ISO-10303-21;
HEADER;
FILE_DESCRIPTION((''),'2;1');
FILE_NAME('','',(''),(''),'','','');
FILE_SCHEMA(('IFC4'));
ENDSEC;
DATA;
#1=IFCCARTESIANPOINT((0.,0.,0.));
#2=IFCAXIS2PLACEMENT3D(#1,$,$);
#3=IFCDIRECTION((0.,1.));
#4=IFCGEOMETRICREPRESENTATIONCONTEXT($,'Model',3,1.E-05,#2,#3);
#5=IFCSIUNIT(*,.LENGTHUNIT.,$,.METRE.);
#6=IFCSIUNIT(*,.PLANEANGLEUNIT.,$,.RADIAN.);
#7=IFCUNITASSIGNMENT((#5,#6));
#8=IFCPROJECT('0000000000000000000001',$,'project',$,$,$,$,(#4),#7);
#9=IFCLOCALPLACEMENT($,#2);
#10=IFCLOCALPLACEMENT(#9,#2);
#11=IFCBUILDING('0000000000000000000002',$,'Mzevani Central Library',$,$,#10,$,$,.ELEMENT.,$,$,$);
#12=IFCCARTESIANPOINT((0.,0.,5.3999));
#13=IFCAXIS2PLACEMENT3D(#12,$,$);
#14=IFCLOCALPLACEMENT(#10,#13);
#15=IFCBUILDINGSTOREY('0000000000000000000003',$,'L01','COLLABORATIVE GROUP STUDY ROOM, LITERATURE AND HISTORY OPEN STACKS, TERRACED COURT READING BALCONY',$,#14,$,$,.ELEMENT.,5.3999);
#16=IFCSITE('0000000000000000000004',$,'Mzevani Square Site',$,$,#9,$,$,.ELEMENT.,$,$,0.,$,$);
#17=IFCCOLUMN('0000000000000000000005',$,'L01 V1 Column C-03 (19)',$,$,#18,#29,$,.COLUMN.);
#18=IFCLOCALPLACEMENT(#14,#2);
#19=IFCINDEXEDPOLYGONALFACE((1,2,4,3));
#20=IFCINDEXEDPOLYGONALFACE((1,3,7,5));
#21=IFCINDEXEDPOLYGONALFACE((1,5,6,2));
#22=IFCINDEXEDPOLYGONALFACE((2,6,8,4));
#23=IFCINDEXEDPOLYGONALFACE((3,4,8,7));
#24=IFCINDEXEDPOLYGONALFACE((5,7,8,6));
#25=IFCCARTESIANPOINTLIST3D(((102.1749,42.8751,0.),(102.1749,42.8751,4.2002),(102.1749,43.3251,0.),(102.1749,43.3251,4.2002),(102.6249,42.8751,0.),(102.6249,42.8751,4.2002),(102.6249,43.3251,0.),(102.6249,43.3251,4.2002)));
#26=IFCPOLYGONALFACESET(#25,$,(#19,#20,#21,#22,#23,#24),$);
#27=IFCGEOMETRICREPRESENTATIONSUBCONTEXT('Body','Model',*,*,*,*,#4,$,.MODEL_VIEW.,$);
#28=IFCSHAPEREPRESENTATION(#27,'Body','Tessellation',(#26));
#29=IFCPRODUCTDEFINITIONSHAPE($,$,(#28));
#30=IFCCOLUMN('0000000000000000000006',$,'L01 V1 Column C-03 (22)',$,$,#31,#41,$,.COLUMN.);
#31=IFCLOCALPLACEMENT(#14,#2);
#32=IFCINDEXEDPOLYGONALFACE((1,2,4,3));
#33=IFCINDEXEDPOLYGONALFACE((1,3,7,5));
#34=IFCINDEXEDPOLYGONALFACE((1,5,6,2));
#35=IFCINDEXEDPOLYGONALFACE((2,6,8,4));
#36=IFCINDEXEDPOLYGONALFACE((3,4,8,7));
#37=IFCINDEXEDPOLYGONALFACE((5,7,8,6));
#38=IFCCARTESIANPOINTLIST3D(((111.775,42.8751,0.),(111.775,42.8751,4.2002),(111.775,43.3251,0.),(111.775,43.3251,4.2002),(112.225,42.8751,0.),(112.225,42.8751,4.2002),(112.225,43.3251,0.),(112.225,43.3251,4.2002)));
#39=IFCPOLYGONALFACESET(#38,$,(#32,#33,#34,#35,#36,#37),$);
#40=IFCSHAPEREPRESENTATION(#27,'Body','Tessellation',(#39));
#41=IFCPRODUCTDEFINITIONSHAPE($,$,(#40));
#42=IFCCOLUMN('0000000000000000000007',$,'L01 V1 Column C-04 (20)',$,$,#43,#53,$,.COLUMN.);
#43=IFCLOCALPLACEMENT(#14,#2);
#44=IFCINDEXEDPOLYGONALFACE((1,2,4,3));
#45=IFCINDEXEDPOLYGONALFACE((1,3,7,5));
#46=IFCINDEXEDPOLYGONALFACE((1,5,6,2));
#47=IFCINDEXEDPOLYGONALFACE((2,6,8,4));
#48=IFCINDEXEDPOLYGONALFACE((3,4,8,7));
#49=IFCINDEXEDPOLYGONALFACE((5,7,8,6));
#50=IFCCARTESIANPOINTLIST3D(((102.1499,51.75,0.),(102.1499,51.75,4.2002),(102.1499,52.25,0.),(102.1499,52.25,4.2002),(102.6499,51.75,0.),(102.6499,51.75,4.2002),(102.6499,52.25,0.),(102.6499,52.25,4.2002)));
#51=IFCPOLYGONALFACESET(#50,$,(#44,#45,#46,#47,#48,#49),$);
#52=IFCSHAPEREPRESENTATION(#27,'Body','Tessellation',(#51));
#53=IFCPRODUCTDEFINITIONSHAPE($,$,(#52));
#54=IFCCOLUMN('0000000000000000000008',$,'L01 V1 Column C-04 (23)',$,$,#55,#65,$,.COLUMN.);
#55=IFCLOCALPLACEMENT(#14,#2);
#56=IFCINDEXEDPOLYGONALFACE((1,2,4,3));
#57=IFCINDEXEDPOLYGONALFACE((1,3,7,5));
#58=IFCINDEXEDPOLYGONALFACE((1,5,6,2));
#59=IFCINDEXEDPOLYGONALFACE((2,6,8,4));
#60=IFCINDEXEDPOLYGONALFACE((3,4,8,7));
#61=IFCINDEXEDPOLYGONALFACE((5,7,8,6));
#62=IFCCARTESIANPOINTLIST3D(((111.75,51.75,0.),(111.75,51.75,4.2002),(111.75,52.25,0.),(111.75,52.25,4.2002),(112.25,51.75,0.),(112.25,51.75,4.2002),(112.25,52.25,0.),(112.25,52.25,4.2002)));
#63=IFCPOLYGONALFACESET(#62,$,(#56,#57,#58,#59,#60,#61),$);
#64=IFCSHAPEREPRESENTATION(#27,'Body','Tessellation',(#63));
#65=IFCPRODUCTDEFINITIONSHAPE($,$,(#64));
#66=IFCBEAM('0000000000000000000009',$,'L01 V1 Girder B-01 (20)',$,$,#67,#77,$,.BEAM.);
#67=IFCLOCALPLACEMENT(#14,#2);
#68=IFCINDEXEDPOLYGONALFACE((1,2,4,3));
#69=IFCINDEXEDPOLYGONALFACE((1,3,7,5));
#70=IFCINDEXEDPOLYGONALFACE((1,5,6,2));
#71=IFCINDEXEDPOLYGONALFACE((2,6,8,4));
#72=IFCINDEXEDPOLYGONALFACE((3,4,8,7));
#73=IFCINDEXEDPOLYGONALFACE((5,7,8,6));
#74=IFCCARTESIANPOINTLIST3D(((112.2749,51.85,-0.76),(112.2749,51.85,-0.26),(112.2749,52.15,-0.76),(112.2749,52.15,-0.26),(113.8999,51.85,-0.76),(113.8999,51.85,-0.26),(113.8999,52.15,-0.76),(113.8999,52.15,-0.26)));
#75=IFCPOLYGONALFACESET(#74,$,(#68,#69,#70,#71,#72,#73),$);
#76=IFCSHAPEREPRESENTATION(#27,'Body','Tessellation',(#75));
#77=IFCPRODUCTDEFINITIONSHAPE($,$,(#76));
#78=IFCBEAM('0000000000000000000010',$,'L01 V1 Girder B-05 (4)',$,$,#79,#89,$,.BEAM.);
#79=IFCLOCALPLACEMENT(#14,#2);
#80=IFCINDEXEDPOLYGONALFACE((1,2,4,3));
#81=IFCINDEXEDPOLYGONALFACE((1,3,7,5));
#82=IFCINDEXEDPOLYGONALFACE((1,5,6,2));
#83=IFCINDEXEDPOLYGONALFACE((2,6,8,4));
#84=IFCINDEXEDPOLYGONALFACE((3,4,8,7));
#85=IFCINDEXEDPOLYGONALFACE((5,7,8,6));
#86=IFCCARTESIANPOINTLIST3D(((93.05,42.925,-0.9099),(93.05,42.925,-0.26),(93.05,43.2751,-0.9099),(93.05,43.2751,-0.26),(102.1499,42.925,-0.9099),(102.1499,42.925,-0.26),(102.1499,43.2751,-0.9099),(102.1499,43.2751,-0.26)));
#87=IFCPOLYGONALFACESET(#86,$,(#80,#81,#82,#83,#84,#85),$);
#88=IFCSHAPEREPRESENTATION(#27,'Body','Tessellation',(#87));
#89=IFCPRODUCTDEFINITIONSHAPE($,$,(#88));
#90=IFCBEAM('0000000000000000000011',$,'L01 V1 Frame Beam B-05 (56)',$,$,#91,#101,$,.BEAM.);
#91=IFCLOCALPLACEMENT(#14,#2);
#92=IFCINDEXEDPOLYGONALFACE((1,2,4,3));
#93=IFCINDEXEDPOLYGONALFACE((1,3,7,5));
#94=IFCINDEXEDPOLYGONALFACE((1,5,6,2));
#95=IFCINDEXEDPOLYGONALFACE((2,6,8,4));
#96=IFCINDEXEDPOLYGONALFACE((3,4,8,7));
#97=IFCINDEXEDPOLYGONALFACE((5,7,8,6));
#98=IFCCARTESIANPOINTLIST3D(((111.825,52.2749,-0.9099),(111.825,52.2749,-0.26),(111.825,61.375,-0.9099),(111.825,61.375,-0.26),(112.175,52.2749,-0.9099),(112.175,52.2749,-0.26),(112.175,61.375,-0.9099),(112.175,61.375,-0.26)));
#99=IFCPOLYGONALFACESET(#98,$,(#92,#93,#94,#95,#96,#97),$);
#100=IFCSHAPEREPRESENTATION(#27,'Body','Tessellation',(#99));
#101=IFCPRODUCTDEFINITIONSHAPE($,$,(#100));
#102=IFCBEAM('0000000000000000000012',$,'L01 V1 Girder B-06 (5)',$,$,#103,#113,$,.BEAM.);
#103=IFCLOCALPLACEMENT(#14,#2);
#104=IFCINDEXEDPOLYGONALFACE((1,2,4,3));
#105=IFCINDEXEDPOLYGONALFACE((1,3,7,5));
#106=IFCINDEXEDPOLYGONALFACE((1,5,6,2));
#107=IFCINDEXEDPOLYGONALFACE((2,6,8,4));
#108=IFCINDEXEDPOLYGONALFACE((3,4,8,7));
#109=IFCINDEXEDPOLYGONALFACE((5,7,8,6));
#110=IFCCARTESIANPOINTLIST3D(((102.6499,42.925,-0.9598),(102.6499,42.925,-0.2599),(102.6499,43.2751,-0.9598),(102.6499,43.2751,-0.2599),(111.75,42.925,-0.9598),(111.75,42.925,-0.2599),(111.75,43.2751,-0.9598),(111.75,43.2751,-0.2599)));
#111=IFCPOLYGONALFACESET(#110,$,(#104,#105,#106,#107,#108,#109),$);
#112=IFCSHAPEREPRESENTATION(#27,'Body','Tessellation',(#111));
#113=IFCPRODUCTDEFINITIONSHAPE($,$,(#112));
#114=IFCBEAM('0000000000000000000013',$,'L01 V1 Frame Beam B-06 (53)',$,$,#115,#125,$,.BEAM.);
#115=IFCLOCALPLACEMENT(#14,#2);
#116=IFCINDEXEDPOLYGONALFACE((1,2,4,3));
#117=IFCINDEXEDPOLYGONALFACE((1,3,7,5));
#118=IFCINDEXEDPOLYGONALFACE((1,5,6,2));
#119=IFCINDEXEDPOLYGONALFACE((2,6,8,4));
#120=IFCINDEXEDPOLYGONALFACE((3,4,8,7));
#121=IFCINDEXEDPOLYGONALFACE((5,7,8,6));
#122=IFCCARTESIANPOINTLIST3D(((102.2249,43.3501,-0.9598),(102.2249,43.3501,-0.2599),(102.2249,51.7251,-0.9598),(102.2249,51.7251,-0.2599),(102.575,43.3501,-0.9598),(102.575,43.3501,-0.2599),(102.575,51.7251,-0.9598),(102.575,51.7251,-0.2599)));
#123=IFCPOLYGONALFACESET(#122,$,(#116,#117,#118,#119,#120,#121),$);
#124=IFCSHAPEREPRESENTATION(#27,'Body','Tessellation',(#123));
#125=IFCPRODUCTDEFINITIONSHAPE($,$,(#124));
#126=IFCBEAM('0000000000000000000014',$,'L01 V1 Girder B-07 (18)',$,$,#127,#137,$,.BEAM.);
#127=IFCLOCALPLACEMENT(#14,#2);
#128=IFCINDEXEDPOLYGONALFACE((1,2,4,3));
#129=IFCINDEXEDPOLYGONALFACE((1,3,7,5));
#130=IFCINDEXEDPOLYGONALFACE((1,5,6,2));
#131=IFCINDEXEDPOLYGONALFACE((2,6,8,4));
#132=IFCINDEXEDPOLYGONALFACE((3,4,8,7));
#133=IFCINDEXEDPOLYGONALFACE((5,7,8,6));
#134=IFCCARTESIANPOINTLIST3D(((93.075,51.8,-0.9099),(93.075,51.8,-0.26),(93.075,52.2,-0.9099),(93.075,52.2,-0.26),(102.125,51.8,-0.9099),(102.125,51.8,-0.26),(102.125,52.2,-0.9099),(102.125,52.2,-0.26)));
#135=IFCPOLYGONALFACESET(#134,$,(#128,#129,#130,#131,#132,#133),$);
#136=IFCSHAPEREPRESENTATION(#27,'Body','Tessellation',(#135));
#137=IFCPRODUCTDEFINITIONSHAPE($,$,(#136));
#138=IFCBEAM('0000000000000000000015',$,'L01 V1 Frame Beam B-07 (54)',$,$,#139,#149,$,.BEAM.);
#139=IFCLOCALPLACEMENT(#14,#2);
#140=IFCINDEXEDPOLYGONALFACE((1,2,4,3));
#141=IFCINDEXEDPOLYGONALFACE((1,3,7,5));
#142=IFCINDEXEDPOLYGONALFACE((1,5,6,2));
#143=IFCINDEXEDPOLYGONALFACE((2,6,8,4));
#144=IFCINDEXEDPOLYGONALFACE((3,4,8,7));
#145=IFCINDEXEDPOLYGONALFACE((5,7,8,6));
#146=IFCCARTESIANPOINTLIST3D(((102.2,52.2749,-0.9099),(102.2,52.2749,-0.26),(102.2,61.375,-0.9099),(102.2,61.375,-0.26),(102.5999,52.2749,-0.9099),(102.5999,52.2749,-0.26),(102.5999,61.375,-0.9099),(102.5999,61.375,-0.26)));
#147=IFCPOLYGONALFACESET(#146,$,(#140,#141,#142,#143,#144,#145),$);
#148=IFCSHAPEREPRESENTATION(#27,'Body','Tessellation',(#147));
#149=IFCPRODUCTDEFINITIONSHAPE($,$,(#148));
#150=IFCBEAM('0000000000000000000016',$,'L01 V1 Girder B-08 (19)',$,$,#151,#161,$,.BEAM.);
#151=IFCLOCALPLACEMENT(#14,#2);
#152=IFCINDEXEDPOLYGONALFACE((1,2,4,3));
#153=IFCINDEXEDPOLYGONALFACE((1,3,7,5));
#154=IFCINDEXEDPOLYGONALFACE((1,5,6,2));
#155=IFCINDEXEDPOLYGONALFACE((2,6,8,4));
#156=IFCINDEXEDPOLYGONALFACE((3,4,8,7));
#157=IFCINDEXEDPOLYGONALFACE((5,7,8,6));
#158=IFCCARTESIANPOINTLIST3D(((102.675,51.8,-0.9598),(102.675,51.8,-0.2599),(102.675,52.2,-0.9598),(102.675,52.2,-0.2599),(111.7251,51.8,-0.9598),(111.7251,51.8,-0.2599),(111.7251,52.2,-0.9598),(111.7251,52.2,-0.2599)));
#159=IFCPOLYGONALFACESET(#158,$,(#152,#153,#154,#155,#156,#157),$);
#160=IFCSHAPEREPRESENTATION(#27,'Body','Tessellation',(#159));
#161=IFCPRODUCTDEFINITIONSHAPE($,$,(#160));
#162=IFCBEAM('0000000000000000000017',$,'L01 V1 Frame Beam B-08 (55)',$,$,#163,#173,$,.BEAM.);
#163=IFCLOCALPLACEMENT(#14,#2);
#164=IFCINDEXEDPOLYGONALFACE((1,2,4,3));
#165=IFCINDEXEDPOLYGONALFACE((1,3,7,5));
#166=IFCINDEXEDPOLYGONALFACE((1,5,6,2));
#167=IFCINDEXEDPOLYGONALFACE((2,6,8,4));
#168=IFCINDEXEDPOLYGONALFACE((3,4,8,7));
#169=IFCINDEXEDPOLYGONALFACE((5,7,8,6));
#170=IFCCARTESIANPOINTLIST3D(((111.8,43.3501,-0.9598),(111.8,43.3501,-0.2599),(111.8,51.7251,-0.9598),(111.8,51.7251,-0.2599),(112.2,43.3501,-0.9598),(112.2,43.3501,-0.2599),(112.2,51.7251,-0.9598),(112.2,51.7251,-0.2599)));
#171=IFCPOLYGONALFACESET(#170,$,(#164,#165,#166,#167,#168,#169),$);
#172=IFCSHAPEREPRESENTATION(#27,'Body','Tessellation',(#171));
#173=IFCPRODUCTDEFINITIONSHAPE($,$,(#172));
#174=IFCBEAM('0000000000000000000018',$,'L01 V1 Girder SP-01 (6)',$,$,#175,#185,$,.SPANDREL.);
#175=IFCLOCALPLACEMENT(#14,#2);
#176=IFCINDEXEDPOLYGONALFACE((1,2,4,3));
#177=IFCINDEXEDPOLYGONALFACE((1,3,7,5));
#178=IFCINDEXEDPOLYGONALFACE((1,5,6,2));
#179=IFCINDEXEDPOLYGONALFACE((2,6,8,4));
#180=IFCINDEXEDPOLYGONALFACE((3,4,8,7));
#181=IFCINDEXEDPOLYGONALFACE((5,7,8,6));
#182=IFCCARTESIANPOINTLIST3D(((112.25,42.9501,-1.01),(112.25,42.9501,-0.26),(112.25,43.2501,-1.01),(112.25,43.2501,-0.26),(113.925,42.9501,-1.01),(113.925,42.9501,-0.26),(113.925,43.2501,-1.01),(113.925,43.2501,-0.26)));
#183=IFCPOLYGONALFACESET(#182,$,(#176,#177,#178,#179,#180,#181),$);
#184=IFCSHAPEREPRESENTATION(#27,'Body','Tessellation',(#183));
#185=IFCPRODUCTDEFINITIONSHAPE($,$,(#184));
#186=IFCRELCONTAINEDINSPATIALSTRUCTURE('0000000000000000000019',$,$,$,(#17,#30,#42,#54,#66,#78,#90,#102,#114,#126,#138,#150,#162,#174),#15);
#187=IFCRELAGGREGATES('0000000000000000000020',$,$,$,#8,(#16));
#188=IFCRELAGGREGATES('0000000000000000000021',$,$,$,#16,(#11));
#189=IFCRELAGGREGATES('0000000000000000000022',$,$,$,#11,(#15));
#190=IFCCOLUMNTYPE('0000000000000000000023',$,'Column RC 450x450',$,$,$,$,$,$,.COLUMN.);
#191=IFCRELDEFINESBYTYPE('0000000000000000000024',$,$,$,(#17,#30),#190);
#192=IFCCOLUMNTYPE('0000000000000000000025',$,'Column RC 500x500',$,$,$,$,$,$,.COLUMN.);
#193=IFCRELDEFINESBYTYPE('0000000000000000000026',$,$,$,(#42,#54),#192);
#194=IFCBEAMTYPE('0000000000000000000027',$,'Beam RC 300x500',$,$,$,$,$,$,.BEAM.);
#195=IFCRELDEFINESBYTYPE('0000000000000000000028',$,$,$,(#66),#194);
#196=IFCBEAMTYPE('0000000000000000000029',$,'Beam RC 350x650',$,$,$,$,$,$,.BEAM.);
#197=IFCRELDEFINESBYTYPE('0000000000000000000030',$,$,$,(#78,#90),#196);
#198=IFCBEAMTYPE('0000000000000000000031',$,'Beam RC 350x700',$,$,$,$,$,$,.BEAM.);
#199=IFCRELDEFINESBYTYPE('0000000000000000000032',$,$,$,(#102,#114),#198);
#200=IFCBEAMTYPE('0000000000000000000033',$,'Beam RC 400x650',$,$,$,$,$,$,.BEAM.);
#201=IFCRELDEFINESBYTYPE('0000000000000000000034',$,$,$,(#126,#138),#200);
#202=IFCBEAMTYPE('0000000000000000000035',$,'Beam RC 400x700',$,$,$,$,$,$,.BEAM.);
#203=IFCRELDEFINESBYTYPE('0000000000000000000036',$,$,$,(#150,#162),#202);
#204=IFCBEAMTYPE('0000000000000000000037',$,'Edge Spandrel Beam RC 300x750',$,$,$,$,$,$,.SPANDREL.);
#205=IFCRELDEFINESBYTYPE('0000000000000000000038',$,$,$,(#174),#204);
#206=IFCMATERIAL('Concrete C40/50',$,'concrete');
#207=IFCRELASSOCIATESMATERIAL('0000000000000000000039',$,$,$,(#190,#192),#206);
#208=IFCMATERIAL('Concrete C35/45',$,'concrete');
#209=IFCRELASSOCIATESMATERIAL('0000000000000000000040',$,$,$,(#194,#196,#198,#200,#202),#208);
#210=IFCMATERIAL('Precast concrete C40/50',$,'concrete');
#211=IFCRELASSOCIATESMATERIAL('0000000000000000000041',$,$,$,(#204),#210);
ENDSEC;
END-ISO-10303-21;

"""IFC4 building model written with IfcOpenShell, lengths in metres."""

from ifc_helpers import new_model, si_unit, direction, frame, origin, origin_2d, place, context, subcontext, project, spatial, rectangle, extrude, material, material_profile, profile_set, type_object, element, save


model = new_model("IFC4")

# Units and contexts
model_context = context("Model", 3, precision=1e-05, world=origin(), true_north=direction((0.0, 1.0)))
body_context = subcontext(model_context, "Body", "Model", "MODEL_VIEW")
ifc_project = project(units=[si_unit("LENGTHUNIT", "METRE"), si_unit("PLANEANGLEUNIT", "RADIAN")], contexts=[model_context])

# Site, building, storey
site_placement = place(None, origin())
site = spatial("IfcSite", under=ifc_project, at=site_placement, Name="Mzevani Square Site", CompositionType="ELEMENT", RefElevation=0.0)
building_placement = place(site_placement, origin())
building = spatial("IfcBuilding", under=site, at=building_placement, Name="Mzevani Central Library", CompositionType="ELEMENT")
storey_placement = place(building_placement, frame((0.0, 0.0, 5.3999)))
storey = spatial("IfcBuildingStorey", under=building, at=storey_placement, Name="L01", Description="COLLABORATIVE GROUP STUDY ROOM, LITERATURE AND HISTORY OPEN STACKS, TERRACED COURT READING BALCONY", CompositionType="ELEMENT", Elevation=5.3999)

# Columns
ifc_material_1 = material(Name="Concrete C40/50", Category="concrete")
ifc_material_profile_1 = material_profile(ifc_material_1, rectangle(XDim=0.45, YDim=0.45, at=origin_2d()), Name="RC 450x450")
ifc_profile_set_1 = profile_set([ifc_material_profile_1], Name="Concrete C40/50")
column_type_1 = type_object("IfcColumnType", Name="Column RC 450x450", PredefinedType="COLUMN", material=ifc_profile_set_1)
for number, where, z_axis, x_axis, name in (
    (1, (102.3999, 43.1001, 0.0), (0.0, 0.0, 1.0), (1.0, 0.0, 0.0), "L01 V1 Column C-03 (19)"),
    (2, (112.0, 43.1001, 0.0), (0.0, 0.0, 1.0), (1.0, 0.0, 0.0), "L01 V1 Column C-03 (22)"),
):
    element("IfcColumn", number, at=place(storey_placement, frame(where, z_axis=z_axis, x_axis=x_axis)), inside=storey, type_object=column_type_1, Name=name, PredefinedType="COLUMN", context=body_context, shape_type="SweptSolid", body=[
        extrude(rectangle(XDim=0.45, YDim=0.45, at=origin_2d()), origin(), (0.0, 0.0, 1.0), 4.2002),
    ])
ifc_material_profile_2 = material_profile(ifc_material_1, rectangle(XDim=0.5, YDim=0.5, at=origin_2d()), Name="RC 500x500")
ifc_profile_set_2 = profile_set([ifc_material_profile_2], Name="Concrete C40/50")
column_type_2 = type_object("IfcColumnType", Name="Column RC 500x500", PredefinedType="COLUMN", material=ifc_profile_set_2)
for number, where, z_axis, x_axis, name in (
    (3, (102.3999, 52.0, 0.0), (0.0, 0.0, 1.0), (1.0, 0.0, 0.0), "L01 V1 Column C-04 (20)"),
    (4, (112.0, 52.0, 0.0), (0.0, 0.0, 1.0), (1.0, 0.0, 0.0), "L01 V1 Column C-04 (23)"),
):
    element("IfcColumn", number, at=place(storey_placement, frame(where, z_axis=z_axis, x_axis=x_axis)), inside=storey, type_object=column_type_2, Name=name, PredefinedType="COLUMN", context=body_context, shape_type="SweptSolid", body=[
        extrude(rectangle(XDim=0.5, YDim=0.5, at=origin_2d()), origin(), (0.0, 0.0, 1.0), 4.2002),
    ])

# Beams
ifc_material_2 = material(Name="Concrete C35/45", Category="concrete")
ifc_material_profile_3 = material_profile(ifc_material_2, rectangle(XDim=0.3, YDim=0.5, at=origin_2d()), Name="RC B300x500")
ifc_profile_set_3 = profile_set([ifc_material_profile_3], Name="Concrete C35/45")
beam_type_1 = type_object("IfcBeamType", Name="Beam RC 300x500", PredefinedType="BEAM", material=ifc_profile_set_3)
beam_1_placement = place(storey_placement, frame((112.2749, 52.0, -0.51), z_axis=(1.0, 0.0, 0.0), x_axis=(0.0, 1.0, 0.0)))
element("IfcBeam", 5, at=beam_1_placement, inside=storey, type_object=beam_type_1, Name="L01 V1 Girder B-01 (20)", PredefinedType="BEAM", context=body_context, shape_type="SweptSolid", body=[
    extrude(rectangle(XDim=0.3, YDim=0.5, at=origin_2d()), origin(), (0.0, 0.0, 1.0), 1.625),
])
ifc_material_profile_4 = material_profile(ifc_material_2, rectangle(XDim=0.3501, YDim=0.6499, at=origin_2d()), Name="RC B350x650")
ifc_profile_set_4 = profile_set([ifc_material_profile_4], Name="Concrete C35/45")
beam_type_2 = type_object("IfcBeamType", Name="Beam RC 350x650", PredefinedType="BEAM", material=ifc_profile_set_4)
beam_2_placement = place(storey_placement, frame((93.05, 43.1001, -0.585), z_axis=(1.0, 0.0, 0.0), x_axis=(0.0, 1.0, 0.0)))
element("IfcBeam", 6, at=beam_2_placement, inside=storey, type_object=beam_type_2, Name="L01 V1 Girder B-05 (4)", PredefinedType="BEAM", context=body_context, shape_type="SweptSolid", body=[
    extrude(rectangle(XDim=0.3501, YDim=0.6499, at=origin_2d()), origin(), (0.0, 0.0, 1.0), 9.0999),
])
beam_3_placement = place(storey_placement, frame((112.0, 52.2749, -0.585), z_axis=(0.0, 1.0, 0.0), x_axis=(-1.0, 0.0, 0.0)))
element("IfcBeam", 7, at=beam_3_placement, inside=storey, type_object=beam_type_2, Name="L01 V1 Frame Beam B-05 (56)", PredefinedType="BEAM", context=body_context, shape_type="SweptSolid", body=[
    extrude(rectangle(XDim=0.3501, YDim=0.6499, at=origin_2d()), origin(), (0.0, 0.0, 1.0), 9.1001),
])
ifc_material_profile_5 = material_profile(ifc_material_2, rectangle(XDim=0.3501, YDim=0.7, at=origin_2d()), Name="RC B350x700")
ifc_profile_set_5 = profile_set([ifc_material_profile_5], Name="Concrete C35/45")
beam_type_3 = type_object("IfcBeamType", Name="Beam RC 350x700", PredefinedType="BEAM", material=ifc_profile_set_5)
beam_4_placement = place(storey_placement, frame((102.6499, 43.1001, -0.6099), z_axis=(1.0, 0.0, 0.0), x_axis=(0.0, 1.0, 0.0)))
element("IfcBeam", 8, at=beam_4_placement, inside=storey, type_object=beam_type_3, Name="L01 V1 Girder B-06 (5)", PredefinedType="BEAM", context=body_context, shape_type="SweptSolid", body=[
    extrude(rectangle(XDim=0.3501, YDim=0.7, at=origin_2d()), origin(), (0.0, 0.0, 1.0), 9.1001),
])
beam_5_placement = place(storey_placement, frame((102.3999, 43.3501, -0.6099), z_axis=(0.0, 1.0, 0.0), x_axis=(-1.0, 0.0, 0.0)))
element("IfcBeam", 9, at=beam_5_placement, inside=storey, type_object=beam_type_3, Name="L01 V1 Frame Beam B-06 (53)", PredefinedType="BEAM", context=body_context, shape_type="SweptSolid", body=[
    extrude(rectangle(XDim=0.3501, YDim=0.7, at=origin_2d()), origin(), (0.0, 0.0, 1.0), 8.375),
])
ifc_material_profile_6 = material_profile(ifc_material_2, rectangle(XDim=0.3999, YDim=0.6499, at=origin_2d()), Name="RC B400x650")
ifc_profile_set_6 = profile_set([ifc_material_profile_6], Name="Concrete C35/45")
beam_type_4 = type_object("IfcBeamType", Name="Beam RC 400x650", PredefinedType="BEAM", material=ifc_profile_set_6)
beam_6_placement = place(storey_placement, frame((93.075, 52.0, -0.585), z_axis=(1.0, 0.0, 0.0), x_axis=(0.0, 1.0, 0.0)))
element("IfcBeam", 10, at=beam_6_placement, inside=storey, type_object=beam_type_4, Name="L01 V1 Girder B-07 (18)", PredefinedType="BEAM", context=body_context, shape_type="SweptSolid", body=[
    extrude(rectangle(XDim=0.3999, YDim=0.6499, at=origin_2d()), origin(), (0.0, 0.0, 1.0), 9.05),
])
beam_7_placement = place(storey_placement, frame((102.3999, 52.2749, -0.585), z_axis=(0.0, 1.0, 0.0), x_axis=(-1.0, 0.0, 0.0)))
element("IfcBeam", 11, at=beam_7_placement, inside=storey, type_object=beam_type_4, Name="L01 V1 Frame Beam B-07 (54)", PredefinedType="BEAM", context=body_context, shape_type="SweptSolid", body=[
    extrude(rectangle(XDim=0.3999, YDim=0.6499, at=origin_2d()), origin(), (0.0, 0.0, 1.0), 9.1001),
])
ifc_material_profile_7 = material_profile(ifc_material_2, rectangle(XDim=0.3999, YDim=0.7, at=origin_2d()), Name="RC B400x700")
ifc_profile_set_7 = profile_set([ifc_material_profile_7], Name="Concrete C35/45")
beam_type_5 = type_object("IfcBeamType", Name="Beam RC 400x700", PredefinedType="BEAM", material=ifc_profile_set_7)
beam_8_placement = place(storey_placement, frame((102.675, 52.0, -0.6099), z_axis=(1.0, 0.0, 0.0), x_axis=(0.0, 1.0, 0.0)))
element("IfcBeam", 12, at=beam_8_placement, inside=storey, type_object=beam_type_5, Name="L01 V1 Girder B-08 (19)", PredefinedType="BEAM", context=body_context, shape_type="SweptSolid", body=[
    extrude(rectangle(XDim=0.3999, YDim=0.7, at=origin_2d()), origin(), (0.0, 0.0, 1.0), 9.05),
])
beam_9_placement = place(storey_placement, frame((112.0, 43.3501, -0.6099), z_axis=(0.0, 1.0, 0.0), x_axis=(-1.0, 0.0, 0.0)))
element("IfcBeam", 13, at=beam_9_placement, inside=storey, type_object=beam_type_5, Name="L01 V1 Frame Beam B-08 (55)", PredefinedType="BEAM", context=body_context, shape_type="SweptSolid", body=[
    extrude(rectangle(XDim=0.3999, YDim=0.7, at=origin_2d()), origin(), (0.0, 0.0, 1.0), 8.375),
])
ifc_material_3 = material(Name="Precast concrete C40/50", Category="concrete")
ifc_material_profile_8 = material_profile(ifc_material_3, rectangle(XDim=0.3, YDim=0.75, at=origin_2d()), Name="RC SP300x750")
ifc_profile_set_8 = profile_set([ifc_material_profile_8], Name="Precast concrete C40/50")
beam_type_6 = type_object("IfcBeamType", Name="Edge Spandrel Beam RC 300x750", PredefinedType="SPANDREL", material=ifc_profile_set_8)
beam_10_placement = place(storey_placement, frame((112.25, 43.1001, -0.635), z_axis=(1.0, 0.0, 0.0), x_axis=(0.0, 1.0, 0.0)))
element("IfcBeam", 14, at=beam_10_placement, inside=storey, type_object=beam_type_6, Name="L01 V1 Girder SP-01 (6)", PredefinedType="SPANDREL", context=body_context, shape_type="SweptSolid", body=[
    extrude(rectangle(XDim=0.3, YDim=0.75, at=origin_2d()), origin(), (0.0, 0.0, 1.0), 1.675),
])

save(model, "model.ifc")
